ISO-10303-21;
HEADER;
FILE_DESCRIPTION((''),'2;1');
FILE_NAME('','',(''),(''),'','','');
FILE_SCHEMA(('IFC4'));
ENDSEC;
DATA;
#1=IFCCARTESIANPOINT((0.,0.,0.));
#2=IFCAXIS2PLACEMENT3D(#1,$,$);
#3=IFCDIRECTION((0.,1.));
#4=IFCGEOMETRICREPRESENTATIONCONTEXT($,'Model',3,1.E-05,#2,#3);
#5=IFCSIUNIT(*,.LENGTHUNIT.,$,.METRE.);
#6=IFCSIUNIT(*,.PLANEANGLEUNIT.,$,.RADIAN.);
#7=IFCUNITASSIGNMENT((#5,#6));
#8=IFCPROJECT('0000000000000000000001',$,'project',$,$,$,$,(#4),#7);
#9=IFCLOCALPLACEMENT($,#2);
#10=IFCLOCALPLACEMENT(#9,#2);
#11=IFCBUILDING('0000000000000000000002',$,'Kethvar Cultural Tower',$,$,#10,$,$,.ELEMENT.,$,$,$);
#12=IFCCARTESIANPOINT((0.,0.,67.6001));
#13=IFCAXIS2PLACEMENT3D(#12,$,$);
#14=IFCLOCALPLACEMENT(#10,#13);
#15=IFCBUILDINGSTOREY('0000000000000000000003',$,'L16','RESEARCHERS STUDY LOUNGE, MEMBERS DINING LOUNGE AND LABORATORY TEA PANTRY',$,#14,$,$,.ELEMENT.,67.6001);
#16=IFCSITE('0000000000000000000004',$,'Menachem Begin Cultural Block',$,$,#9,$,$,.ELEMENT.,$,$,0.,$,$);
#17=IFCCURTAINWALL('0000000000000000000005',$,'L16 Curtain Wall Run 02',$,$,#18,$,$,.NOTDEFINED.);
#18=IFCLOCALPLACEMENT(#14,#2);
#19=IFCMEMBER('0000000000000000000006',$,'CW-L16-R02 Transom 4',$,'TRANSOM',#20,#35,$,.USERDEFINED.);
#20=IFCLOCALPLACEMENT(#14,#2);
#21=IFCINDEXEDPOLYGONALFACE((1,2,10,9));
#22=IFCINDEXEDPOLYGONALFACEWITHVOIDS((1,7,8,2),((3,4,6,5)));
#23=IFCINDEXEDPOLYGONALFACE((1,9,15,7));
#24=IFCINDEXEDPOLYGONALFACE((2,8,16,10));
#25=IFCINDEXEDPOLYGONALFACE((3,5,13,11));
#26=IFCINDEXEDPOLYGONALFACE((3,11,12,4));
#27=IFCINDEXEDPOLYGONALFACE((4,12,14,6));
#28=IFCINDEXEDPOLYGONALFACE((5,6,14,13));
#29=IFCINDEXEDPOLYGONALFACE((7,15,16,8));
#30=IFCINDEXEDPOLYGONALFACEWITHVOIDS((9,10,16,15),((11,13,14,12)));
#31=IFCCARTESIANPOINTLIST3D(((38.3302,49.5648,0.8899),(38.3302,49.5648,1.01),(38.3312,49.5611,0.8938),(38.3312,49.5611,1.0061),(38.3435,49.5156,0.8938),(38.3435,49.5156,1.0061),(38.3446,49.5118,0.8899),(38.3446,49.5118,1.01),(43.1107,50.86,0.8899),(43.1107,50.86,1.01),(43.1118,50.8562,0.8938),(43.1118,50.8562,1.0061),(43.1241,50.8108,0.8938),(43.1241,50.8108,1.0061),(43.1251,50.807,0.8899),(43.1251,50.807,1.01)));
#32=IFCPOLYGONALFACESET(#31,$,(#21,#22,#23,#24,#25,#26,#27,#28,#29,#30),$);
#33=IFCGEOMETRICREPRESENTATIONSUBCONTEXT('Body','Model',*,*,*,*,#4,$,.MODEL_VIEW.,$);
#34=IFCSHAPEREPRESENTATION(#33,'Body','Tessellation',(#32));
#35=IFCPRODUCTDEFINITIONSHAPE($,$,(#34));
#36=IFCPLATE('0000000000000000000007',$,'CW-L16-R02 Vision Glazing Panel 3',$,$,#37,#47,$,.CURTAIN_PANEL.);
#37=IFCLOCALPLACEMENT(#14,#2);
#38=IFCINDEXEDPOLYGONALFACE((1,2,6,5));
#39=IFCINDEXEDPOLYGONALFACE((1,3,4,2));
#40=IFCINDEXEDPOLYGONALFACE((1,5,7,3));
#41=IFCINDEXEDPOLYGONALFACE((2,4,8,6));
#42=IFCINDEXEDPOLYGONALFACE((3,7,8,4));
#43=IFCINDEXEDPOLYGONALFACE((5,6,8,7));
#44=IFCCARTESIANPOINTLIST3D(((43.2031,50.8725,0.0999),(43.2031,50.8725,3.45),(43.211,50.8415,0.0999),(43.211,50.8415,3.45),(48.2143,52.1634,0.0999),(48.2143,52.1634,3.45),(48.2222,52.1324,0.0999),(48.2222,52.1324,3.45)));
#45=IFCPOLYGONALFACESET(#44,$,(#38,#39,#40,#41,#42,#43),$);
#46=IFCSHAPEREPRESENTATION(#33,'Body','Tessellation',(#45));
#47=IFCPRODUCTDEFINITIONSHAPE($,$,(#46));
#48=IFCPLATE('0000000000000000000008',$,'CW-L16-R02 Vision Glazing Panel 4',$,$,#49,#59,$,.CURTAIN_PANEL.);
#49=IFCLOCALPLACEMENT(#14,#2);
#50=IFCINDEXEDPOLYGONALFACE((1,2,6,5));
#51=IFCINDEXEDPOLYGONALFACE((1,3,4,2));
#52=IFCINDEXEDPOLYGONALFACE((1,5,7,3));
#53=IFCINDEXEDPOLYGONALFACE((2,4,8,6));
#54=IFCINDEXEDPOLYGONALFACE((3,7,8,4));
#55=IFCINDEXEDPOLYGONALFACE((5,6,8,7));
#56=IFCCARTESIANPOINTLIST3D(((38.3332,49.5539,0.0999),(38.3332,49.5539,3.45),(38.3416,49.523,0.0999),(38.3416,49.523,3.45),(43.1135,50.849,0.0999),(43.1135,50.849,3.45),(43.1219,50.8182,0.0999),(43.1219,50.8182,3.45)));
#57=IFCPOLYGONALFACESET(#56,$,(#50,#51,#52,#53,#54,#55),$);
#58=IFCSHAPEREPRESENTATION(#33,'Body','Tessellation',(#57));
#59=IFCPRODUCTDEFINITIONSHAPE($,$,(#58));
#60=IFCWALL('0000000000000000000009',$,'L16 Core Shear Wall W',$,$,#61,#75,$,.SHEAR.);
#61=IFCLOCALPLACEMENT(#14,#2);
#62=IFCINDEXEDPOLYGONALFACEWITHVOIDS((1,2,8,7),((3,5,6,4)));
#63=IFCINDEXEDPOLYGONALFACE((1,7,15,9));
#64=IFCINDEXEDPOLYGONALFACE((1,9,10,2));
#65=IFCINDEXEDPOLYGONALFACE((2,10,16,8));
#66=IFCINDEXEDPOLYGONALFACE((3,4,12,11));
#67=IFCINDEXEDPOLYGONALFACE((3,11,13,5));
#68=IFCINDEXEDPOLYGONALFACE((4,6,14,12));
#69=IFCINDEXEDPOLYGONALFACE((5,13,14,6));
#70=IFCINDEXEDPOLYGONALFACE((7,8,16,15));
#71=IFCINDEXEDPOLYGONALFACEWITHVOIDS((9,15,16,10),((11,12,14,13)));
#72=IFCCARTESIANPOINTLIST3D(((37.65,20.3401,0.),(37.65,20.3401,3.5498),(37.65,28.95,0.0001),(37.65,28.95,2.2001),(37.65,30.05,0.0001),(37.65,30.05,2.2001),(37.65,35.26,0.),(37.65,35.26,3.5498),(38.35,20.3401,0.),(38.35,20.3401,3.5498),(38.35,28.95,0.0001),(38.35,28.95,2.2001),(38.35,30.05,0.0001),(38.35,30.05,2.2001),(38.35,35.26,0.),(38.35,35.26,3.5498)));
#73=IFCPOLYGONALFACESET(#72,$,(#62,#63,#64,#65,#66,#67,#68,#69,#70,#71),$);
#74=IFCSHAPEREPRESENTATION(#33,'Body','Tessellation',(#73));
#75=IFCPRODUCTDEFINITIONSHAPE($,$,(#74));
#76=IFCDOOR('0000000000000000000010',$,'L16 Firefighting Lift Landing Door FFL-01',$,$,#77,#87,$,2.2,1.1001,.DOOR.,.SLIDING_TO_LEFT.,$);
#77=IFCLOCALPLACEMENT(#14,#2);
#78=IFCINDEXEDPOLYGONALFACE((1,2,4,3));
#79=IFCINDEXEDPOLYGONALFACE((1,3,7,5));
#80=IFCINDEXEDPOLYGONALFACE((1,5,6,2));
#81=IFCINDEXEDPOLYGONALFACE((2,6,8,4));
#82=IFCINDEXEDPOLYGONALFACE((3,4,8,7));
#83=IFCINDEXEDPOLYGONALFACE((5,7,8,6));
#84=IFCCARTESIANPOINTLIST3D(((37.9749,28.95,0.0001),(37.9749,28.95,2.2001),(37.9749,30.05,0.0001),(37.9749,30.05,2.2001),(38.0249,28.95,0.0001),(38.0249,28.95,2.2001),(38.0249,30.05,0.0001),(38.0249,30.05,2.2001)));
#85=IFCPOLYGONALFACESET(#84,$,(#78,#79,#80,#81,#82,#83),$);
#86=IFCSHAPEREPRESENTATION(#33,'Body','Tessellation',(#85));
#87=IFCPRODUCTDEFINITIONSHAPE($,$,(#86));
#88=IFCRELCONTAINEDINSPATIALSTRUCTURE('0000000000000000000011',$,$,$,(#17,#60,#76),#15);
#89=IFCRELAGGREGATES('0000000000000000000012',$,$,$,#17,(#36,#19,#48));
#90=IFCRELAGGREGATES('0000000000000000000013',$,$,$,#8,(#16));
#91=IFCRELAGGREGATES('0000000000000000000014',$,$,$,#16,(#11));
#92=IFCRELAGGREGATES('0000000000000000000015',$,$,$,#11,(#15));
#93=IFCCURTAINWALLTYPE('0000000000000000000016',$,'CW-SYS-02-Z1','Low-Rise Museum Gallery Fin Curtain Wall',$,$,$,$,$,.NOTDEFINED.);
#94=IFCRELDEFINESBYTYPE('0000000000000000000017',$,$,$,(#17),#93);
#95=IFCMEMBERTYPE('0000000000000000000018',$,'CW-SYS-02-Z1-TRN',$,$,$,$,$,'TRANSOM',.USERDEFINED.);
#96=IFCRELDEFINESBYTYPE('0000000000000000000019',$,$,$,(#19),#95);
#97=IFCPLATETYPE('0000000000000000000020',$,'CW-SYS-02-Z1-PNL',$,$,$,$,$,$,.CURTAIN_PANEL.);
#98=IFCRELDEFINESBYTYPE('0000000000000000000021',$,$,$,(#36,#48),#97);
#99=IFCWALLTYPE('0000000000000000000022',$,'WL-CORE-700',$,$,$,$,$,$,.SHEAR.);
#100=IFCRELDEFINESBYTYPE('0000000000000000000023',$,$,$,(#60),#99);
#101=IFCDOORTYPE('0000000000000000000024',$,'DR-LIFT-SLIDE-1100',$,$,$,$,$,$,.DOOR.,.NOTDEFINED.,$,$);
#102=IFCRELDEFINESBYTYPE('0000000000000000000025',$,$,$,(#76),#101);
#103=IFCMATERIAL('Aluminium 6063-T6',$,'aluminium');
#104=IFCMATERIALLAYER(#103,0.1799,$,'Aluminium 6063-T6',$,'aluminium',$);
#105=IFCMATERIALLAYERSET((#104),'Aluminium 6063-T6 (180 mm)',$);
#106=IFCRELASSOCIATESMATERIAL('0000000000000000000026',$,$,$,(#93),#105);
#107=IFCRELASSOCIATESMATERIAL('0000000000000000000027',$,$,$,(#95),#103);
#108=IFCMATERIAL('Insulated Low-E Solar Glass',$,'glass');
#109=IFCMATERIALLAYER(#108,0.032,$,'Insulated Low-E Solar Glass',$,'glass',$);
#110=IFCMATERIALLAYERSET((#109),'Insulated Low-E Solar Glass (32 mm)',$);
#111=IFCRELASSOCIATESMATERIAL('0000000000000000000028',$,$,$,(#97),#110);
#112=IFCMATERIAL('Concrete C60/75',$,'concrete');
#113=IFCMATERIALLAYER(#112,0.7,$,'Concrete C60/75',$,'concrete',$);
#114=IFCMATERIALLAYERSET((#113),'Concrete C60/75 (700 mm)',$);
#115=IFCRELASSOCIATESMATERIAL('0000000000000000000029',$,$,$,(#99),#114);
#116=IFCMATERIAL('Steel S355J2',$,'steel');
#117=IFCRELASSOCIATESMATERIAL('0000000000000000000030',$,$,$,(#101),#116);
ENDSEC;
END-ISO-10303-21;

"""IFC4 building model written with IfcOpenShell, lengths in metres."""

from ifc_helpers import new_model, si_unit, direction, frame, frame_2d, origin, origin_2d, place, context, subcontext, project, spatial, rectangle, hollow_rectangle, extrude, source, transform, mapped, material, layer, layer_set, material_profile, profile_set, type_object, element, fill, aggregate, save


model = new_model("IFC4")

# Units and contexts
model_context = context("Model", 3, precision=1e-05, world=origin(), true_north=direction((0.0, 1.0)))
body_context = subcontext(model_context, "Body", "Model", "MODEL_VIEW")
ifc_project = project(units=[si_unit("LENGTHUNIT", "METRE"), si_unit("PLANEANGLEUNIT", "RADIAN")], contexts=[model_context])

# Site, building, storey
site_placement = place(None, origin())
site = spatial("IfcSite", under=ifc_project, at=site_placement, Name="Menachem Begin Cultural Block", CompositionType="ELEMENT", RefElevation=0.0)
building_placement = place(site_placement, origin())
building = spatial("IfcBuilding", under=site, at=building_placement, Name="Kethvar Cultural Tower", CompositionType="ELEMENT")
storey_placement = place(building_placement, frame((0.0, 0.0, 67.6001)))
storey = spatial("IfcBuildingStorey", under=building, at=storey_placement, Name="L16", Description="RESEARCHERS STUDY LOUNGE, MEMBERS DINING LOUNGE AND LABORATORY TEA PANTRY", CompositionType="ELEMENT", Elevation=67.6001)

# Shared definitions
ifc_material_1 = material(Name="Steel S355J2", Category="steel")

# Curtain wall, member, plates
ifc_material_2 = material(Name="Aluminium 6063-T6", Category="aluminium")
ifc_layer_1 = layer(ifc_material_2, 0.1799, Name="Aluminium 6063-T6", Category="aluminium")
ifc_layer_set_1 = layer_set([ifc_layer_1], Name="Aluminium 6063-T6 (180 mm)")
curtain_wall_type = type_object("IfcCurtainWallType", Name="CW-SYS-02-Z1", Description="Low-Rise Museum Gallery Fin Curtain Wall", PredefinedType="NOTDEFINED", material=ifc_layer_set_1)
curtain_wall_placement = place(storey_placement, origin())
curtain_wall = element("IfcCurtainWall", 1, at=curtain_wall_placement, inside=storey, type_object=curtain_wall_type, Name="L16 Curtain Wall Run 02", PredefinedType="NOTDEFINED")
ifc_material_profile_1 = material_profile(ifc_material_2, hollow_rectangle(XDim=0.0549, YDim=0.1201, WallThickness=0.0039, at=origin_2d()), Name="Aluminium 6063-T6 — RHS120x55x4")
ifc_profile_set_1 = profile_set([ifc_material_profile_1], Name="Aluminium 6063-T6 — RHS120x55x4")
member_type_1 = type_object("IfcMemberType", Name="CW-SYS-02-Z1-TRN", ElementType="TRANSOM", PredefinedType="USERDEFINED", material=ifc_profile_set_1)
shared_shape_1 = source(origin(), body_context, "Body", "SweptSolid", [
    extrude(hollow_rectangle(XDim=0.0549, YDim=0.1201, WallThickness=0.0039, at=origin_2d()), origin(), (0.0, 0.0, 1.0), 4.9529),
])
member_1_placement = place(storey_placement, frame((43.1179, 50.8335, 0.95), z_axis=(-0.965204, -0.261499, 0.0), x_axis=(0.261499, -0.965204, 0.0)))
member_1 = element("IfcMember", 2, at=member_1_placement, type_object=member_type_1, Name="CW-L16-R02 Transom 4", ObjectType="TRANSOM", PredefinedType="USERDEFINED", context=body_context, shape_type="MappedRepresentation", body=[
    mapped(shared_shape_1, transform((0.0, 0.0, 0.0), scale=1.0)),
])
ifc_material_3 = material(Name="Insulated Low-E Solar Glass", Category="glass")
ifc_layer_2 = layer(ifc_material_3, 0.032, Name="Insulated Low-E Solar Glass", Category="glass")
ifc_layer_set_2 = layer_set([ifc_layer_2], Name="Insulated Low-E Solar Glass (32 mm)")
plate_type = type_object("IfcPlateType", Name="CW-SYS-02-Z1-PNL", PredefinedType="CURTAIN_PANEL", material=ifc_layer_set_2)
shared_shape_2 = source(origin(), body_context, "Body", "SweptSolid", [
    extrude(rectangle(XDim=5.1748, YDim=0.032, at=origin_2d()), origin(), (0.0, 0.0, 1.0), 3.3501),
])
plate_1_placement = place(storey_placement, frame((45.7126, 51.5024, 0.0999), z_axis=(0.0, 0.0, 1.0), x_axis=(-0.968383, -0.249467, 0.0)))
plate_1 = element("IfcPlate", 3, at=plate_1_placement, type_object=plate_type, Name="CW-L16-R02 Vision Glazing Panel 3", PredefinedType="CURTAIN_PANEL", context=body_context, shape_type="MappedRepresentation", body=[
    mapped(shared_shape_2, transform((0.0, 0.0, 0.0), scale=1.0)),
])
shared_shape_3 = source(origin(), body_context, "Body", "SweptSolid", [
    extrude(rectangle(XDim=4.9526, YDim=0.032, at=origin_2d()), origin(), (0.0, 0.0, 1.0), 3.3501),
])
plate_2_placement = place(storey_placement, frame((40.7275, 50.186, 0.0999), z_axis=(0.0, 0.0, 1.0), x_axis=(-0.965204, -0.261499, 0.0)))
plate_2 = element("IfcPlate", 4, at=plate_2_placement, type_object=plate_type, Name="CW-L16-R02 Vision Glazing Panel 4", PredefinedType="CURTAIN_PANEL", context=body_context, shape_type="MappedRepresentation", body=[
    mapped(shared_shape_3, transform((0.0, 0.0, 0.0), scale=1.0)),
])
aggregate(curtain_wall, [plate_1, member_1, plate_2])

# Wall, opening, door
ifc_material_4 = material(Name="Concrete C60/75", Category="concrete")
ifc_layer_3 = layer(ifc_material_4, 0.7, Name="Concrete C60/75", Category="concrete")
ifc_layer_set_3 = layer_set([ifc_layer_3], Name="Concrete C60/75 (700 mm)")
wall_type = type_object("IfcWallType", Name="WL-CORE-700", PredefinedType="SHEAR", material=ifc_layer_set_3)
wall_placement = place(storey_placement, frame((38.0, 35.26, 0.0), z_axis=(0.0, 0.0, 1.0), x_axis=(0.0, -1.0, 0.0)))
wall = element("IfcWall", 5, at=wall_placement, inside=storey, type_object=wall_type, Name="L16 Core Shear Wall W", PredefinedType="SHEAR", context=body_context, shape_type="SweptSolid", body=[
    extrude(rectangle(XDim=14.9199, YDim=0.7, at=frame_2d((7.46, 0.0))), origin(), (0.0, 0.0, 1.0), 3.5498),
])
opening_placement = place(wall_placement, frame((5.21, 0.0, 0.0)))
opening = element("IfcOpeningElement", 6, at=opening_placement, cuts=wall, PredefinedType="OPENING", context=body_context, shape_type="SweptSolid", body=[
    extrude(rectangle(XDim=1.1001, YDim=2.2, at=frame_2d((0.55, 1.1001))), frame((0.0, 0.3599, 0.0), z_axis=(0.0, -1.0, 0.0), x_axis=(1.0, 0.0, 0.0)), (0.0, 0.0, 1.0), 0.72),
])
door_type = type_object("IfcDoorType", Name="DR-LIFT-SLIDE-1100", OperationType="NOTDEFINED", PredefinedType="DOOR", material=ifc_material_1)
shared_shape_4 = source(origin(), body_context, "Body", "SweptSolid", [
    extrude(rectangle(XDim=1.1001, YDim=2.2, at=frame_2d((0.55, 1.1001))), frame((0.0, 0.0249, 0.0), z_axis=(0.0, -1.0, 0.0), x_axis=(1.0, 0.0, 0.0)), (0.0, 0.0, 1.0), 0.05),
])
door_placement = place(opening_placement, origin())
door = element("IfcDoor", 7, at=door_placement, inside=storey, type_object=door_type, Name="L16 Firefighting Lift Landing Door FFL-01", OperationType="SLIDING_TO_LEFT", OverallHeight=2.2, OverallWidth=1.1001, PredefinedType="DOOR", context=body_context, shape_type="MappedRepresentation", body=[
    mapped(shared_shape_4, transform((0.0, 0.0, 0.0), scale=1.0)),
])
fill(opening, door)

save(model, "model.ifc")
